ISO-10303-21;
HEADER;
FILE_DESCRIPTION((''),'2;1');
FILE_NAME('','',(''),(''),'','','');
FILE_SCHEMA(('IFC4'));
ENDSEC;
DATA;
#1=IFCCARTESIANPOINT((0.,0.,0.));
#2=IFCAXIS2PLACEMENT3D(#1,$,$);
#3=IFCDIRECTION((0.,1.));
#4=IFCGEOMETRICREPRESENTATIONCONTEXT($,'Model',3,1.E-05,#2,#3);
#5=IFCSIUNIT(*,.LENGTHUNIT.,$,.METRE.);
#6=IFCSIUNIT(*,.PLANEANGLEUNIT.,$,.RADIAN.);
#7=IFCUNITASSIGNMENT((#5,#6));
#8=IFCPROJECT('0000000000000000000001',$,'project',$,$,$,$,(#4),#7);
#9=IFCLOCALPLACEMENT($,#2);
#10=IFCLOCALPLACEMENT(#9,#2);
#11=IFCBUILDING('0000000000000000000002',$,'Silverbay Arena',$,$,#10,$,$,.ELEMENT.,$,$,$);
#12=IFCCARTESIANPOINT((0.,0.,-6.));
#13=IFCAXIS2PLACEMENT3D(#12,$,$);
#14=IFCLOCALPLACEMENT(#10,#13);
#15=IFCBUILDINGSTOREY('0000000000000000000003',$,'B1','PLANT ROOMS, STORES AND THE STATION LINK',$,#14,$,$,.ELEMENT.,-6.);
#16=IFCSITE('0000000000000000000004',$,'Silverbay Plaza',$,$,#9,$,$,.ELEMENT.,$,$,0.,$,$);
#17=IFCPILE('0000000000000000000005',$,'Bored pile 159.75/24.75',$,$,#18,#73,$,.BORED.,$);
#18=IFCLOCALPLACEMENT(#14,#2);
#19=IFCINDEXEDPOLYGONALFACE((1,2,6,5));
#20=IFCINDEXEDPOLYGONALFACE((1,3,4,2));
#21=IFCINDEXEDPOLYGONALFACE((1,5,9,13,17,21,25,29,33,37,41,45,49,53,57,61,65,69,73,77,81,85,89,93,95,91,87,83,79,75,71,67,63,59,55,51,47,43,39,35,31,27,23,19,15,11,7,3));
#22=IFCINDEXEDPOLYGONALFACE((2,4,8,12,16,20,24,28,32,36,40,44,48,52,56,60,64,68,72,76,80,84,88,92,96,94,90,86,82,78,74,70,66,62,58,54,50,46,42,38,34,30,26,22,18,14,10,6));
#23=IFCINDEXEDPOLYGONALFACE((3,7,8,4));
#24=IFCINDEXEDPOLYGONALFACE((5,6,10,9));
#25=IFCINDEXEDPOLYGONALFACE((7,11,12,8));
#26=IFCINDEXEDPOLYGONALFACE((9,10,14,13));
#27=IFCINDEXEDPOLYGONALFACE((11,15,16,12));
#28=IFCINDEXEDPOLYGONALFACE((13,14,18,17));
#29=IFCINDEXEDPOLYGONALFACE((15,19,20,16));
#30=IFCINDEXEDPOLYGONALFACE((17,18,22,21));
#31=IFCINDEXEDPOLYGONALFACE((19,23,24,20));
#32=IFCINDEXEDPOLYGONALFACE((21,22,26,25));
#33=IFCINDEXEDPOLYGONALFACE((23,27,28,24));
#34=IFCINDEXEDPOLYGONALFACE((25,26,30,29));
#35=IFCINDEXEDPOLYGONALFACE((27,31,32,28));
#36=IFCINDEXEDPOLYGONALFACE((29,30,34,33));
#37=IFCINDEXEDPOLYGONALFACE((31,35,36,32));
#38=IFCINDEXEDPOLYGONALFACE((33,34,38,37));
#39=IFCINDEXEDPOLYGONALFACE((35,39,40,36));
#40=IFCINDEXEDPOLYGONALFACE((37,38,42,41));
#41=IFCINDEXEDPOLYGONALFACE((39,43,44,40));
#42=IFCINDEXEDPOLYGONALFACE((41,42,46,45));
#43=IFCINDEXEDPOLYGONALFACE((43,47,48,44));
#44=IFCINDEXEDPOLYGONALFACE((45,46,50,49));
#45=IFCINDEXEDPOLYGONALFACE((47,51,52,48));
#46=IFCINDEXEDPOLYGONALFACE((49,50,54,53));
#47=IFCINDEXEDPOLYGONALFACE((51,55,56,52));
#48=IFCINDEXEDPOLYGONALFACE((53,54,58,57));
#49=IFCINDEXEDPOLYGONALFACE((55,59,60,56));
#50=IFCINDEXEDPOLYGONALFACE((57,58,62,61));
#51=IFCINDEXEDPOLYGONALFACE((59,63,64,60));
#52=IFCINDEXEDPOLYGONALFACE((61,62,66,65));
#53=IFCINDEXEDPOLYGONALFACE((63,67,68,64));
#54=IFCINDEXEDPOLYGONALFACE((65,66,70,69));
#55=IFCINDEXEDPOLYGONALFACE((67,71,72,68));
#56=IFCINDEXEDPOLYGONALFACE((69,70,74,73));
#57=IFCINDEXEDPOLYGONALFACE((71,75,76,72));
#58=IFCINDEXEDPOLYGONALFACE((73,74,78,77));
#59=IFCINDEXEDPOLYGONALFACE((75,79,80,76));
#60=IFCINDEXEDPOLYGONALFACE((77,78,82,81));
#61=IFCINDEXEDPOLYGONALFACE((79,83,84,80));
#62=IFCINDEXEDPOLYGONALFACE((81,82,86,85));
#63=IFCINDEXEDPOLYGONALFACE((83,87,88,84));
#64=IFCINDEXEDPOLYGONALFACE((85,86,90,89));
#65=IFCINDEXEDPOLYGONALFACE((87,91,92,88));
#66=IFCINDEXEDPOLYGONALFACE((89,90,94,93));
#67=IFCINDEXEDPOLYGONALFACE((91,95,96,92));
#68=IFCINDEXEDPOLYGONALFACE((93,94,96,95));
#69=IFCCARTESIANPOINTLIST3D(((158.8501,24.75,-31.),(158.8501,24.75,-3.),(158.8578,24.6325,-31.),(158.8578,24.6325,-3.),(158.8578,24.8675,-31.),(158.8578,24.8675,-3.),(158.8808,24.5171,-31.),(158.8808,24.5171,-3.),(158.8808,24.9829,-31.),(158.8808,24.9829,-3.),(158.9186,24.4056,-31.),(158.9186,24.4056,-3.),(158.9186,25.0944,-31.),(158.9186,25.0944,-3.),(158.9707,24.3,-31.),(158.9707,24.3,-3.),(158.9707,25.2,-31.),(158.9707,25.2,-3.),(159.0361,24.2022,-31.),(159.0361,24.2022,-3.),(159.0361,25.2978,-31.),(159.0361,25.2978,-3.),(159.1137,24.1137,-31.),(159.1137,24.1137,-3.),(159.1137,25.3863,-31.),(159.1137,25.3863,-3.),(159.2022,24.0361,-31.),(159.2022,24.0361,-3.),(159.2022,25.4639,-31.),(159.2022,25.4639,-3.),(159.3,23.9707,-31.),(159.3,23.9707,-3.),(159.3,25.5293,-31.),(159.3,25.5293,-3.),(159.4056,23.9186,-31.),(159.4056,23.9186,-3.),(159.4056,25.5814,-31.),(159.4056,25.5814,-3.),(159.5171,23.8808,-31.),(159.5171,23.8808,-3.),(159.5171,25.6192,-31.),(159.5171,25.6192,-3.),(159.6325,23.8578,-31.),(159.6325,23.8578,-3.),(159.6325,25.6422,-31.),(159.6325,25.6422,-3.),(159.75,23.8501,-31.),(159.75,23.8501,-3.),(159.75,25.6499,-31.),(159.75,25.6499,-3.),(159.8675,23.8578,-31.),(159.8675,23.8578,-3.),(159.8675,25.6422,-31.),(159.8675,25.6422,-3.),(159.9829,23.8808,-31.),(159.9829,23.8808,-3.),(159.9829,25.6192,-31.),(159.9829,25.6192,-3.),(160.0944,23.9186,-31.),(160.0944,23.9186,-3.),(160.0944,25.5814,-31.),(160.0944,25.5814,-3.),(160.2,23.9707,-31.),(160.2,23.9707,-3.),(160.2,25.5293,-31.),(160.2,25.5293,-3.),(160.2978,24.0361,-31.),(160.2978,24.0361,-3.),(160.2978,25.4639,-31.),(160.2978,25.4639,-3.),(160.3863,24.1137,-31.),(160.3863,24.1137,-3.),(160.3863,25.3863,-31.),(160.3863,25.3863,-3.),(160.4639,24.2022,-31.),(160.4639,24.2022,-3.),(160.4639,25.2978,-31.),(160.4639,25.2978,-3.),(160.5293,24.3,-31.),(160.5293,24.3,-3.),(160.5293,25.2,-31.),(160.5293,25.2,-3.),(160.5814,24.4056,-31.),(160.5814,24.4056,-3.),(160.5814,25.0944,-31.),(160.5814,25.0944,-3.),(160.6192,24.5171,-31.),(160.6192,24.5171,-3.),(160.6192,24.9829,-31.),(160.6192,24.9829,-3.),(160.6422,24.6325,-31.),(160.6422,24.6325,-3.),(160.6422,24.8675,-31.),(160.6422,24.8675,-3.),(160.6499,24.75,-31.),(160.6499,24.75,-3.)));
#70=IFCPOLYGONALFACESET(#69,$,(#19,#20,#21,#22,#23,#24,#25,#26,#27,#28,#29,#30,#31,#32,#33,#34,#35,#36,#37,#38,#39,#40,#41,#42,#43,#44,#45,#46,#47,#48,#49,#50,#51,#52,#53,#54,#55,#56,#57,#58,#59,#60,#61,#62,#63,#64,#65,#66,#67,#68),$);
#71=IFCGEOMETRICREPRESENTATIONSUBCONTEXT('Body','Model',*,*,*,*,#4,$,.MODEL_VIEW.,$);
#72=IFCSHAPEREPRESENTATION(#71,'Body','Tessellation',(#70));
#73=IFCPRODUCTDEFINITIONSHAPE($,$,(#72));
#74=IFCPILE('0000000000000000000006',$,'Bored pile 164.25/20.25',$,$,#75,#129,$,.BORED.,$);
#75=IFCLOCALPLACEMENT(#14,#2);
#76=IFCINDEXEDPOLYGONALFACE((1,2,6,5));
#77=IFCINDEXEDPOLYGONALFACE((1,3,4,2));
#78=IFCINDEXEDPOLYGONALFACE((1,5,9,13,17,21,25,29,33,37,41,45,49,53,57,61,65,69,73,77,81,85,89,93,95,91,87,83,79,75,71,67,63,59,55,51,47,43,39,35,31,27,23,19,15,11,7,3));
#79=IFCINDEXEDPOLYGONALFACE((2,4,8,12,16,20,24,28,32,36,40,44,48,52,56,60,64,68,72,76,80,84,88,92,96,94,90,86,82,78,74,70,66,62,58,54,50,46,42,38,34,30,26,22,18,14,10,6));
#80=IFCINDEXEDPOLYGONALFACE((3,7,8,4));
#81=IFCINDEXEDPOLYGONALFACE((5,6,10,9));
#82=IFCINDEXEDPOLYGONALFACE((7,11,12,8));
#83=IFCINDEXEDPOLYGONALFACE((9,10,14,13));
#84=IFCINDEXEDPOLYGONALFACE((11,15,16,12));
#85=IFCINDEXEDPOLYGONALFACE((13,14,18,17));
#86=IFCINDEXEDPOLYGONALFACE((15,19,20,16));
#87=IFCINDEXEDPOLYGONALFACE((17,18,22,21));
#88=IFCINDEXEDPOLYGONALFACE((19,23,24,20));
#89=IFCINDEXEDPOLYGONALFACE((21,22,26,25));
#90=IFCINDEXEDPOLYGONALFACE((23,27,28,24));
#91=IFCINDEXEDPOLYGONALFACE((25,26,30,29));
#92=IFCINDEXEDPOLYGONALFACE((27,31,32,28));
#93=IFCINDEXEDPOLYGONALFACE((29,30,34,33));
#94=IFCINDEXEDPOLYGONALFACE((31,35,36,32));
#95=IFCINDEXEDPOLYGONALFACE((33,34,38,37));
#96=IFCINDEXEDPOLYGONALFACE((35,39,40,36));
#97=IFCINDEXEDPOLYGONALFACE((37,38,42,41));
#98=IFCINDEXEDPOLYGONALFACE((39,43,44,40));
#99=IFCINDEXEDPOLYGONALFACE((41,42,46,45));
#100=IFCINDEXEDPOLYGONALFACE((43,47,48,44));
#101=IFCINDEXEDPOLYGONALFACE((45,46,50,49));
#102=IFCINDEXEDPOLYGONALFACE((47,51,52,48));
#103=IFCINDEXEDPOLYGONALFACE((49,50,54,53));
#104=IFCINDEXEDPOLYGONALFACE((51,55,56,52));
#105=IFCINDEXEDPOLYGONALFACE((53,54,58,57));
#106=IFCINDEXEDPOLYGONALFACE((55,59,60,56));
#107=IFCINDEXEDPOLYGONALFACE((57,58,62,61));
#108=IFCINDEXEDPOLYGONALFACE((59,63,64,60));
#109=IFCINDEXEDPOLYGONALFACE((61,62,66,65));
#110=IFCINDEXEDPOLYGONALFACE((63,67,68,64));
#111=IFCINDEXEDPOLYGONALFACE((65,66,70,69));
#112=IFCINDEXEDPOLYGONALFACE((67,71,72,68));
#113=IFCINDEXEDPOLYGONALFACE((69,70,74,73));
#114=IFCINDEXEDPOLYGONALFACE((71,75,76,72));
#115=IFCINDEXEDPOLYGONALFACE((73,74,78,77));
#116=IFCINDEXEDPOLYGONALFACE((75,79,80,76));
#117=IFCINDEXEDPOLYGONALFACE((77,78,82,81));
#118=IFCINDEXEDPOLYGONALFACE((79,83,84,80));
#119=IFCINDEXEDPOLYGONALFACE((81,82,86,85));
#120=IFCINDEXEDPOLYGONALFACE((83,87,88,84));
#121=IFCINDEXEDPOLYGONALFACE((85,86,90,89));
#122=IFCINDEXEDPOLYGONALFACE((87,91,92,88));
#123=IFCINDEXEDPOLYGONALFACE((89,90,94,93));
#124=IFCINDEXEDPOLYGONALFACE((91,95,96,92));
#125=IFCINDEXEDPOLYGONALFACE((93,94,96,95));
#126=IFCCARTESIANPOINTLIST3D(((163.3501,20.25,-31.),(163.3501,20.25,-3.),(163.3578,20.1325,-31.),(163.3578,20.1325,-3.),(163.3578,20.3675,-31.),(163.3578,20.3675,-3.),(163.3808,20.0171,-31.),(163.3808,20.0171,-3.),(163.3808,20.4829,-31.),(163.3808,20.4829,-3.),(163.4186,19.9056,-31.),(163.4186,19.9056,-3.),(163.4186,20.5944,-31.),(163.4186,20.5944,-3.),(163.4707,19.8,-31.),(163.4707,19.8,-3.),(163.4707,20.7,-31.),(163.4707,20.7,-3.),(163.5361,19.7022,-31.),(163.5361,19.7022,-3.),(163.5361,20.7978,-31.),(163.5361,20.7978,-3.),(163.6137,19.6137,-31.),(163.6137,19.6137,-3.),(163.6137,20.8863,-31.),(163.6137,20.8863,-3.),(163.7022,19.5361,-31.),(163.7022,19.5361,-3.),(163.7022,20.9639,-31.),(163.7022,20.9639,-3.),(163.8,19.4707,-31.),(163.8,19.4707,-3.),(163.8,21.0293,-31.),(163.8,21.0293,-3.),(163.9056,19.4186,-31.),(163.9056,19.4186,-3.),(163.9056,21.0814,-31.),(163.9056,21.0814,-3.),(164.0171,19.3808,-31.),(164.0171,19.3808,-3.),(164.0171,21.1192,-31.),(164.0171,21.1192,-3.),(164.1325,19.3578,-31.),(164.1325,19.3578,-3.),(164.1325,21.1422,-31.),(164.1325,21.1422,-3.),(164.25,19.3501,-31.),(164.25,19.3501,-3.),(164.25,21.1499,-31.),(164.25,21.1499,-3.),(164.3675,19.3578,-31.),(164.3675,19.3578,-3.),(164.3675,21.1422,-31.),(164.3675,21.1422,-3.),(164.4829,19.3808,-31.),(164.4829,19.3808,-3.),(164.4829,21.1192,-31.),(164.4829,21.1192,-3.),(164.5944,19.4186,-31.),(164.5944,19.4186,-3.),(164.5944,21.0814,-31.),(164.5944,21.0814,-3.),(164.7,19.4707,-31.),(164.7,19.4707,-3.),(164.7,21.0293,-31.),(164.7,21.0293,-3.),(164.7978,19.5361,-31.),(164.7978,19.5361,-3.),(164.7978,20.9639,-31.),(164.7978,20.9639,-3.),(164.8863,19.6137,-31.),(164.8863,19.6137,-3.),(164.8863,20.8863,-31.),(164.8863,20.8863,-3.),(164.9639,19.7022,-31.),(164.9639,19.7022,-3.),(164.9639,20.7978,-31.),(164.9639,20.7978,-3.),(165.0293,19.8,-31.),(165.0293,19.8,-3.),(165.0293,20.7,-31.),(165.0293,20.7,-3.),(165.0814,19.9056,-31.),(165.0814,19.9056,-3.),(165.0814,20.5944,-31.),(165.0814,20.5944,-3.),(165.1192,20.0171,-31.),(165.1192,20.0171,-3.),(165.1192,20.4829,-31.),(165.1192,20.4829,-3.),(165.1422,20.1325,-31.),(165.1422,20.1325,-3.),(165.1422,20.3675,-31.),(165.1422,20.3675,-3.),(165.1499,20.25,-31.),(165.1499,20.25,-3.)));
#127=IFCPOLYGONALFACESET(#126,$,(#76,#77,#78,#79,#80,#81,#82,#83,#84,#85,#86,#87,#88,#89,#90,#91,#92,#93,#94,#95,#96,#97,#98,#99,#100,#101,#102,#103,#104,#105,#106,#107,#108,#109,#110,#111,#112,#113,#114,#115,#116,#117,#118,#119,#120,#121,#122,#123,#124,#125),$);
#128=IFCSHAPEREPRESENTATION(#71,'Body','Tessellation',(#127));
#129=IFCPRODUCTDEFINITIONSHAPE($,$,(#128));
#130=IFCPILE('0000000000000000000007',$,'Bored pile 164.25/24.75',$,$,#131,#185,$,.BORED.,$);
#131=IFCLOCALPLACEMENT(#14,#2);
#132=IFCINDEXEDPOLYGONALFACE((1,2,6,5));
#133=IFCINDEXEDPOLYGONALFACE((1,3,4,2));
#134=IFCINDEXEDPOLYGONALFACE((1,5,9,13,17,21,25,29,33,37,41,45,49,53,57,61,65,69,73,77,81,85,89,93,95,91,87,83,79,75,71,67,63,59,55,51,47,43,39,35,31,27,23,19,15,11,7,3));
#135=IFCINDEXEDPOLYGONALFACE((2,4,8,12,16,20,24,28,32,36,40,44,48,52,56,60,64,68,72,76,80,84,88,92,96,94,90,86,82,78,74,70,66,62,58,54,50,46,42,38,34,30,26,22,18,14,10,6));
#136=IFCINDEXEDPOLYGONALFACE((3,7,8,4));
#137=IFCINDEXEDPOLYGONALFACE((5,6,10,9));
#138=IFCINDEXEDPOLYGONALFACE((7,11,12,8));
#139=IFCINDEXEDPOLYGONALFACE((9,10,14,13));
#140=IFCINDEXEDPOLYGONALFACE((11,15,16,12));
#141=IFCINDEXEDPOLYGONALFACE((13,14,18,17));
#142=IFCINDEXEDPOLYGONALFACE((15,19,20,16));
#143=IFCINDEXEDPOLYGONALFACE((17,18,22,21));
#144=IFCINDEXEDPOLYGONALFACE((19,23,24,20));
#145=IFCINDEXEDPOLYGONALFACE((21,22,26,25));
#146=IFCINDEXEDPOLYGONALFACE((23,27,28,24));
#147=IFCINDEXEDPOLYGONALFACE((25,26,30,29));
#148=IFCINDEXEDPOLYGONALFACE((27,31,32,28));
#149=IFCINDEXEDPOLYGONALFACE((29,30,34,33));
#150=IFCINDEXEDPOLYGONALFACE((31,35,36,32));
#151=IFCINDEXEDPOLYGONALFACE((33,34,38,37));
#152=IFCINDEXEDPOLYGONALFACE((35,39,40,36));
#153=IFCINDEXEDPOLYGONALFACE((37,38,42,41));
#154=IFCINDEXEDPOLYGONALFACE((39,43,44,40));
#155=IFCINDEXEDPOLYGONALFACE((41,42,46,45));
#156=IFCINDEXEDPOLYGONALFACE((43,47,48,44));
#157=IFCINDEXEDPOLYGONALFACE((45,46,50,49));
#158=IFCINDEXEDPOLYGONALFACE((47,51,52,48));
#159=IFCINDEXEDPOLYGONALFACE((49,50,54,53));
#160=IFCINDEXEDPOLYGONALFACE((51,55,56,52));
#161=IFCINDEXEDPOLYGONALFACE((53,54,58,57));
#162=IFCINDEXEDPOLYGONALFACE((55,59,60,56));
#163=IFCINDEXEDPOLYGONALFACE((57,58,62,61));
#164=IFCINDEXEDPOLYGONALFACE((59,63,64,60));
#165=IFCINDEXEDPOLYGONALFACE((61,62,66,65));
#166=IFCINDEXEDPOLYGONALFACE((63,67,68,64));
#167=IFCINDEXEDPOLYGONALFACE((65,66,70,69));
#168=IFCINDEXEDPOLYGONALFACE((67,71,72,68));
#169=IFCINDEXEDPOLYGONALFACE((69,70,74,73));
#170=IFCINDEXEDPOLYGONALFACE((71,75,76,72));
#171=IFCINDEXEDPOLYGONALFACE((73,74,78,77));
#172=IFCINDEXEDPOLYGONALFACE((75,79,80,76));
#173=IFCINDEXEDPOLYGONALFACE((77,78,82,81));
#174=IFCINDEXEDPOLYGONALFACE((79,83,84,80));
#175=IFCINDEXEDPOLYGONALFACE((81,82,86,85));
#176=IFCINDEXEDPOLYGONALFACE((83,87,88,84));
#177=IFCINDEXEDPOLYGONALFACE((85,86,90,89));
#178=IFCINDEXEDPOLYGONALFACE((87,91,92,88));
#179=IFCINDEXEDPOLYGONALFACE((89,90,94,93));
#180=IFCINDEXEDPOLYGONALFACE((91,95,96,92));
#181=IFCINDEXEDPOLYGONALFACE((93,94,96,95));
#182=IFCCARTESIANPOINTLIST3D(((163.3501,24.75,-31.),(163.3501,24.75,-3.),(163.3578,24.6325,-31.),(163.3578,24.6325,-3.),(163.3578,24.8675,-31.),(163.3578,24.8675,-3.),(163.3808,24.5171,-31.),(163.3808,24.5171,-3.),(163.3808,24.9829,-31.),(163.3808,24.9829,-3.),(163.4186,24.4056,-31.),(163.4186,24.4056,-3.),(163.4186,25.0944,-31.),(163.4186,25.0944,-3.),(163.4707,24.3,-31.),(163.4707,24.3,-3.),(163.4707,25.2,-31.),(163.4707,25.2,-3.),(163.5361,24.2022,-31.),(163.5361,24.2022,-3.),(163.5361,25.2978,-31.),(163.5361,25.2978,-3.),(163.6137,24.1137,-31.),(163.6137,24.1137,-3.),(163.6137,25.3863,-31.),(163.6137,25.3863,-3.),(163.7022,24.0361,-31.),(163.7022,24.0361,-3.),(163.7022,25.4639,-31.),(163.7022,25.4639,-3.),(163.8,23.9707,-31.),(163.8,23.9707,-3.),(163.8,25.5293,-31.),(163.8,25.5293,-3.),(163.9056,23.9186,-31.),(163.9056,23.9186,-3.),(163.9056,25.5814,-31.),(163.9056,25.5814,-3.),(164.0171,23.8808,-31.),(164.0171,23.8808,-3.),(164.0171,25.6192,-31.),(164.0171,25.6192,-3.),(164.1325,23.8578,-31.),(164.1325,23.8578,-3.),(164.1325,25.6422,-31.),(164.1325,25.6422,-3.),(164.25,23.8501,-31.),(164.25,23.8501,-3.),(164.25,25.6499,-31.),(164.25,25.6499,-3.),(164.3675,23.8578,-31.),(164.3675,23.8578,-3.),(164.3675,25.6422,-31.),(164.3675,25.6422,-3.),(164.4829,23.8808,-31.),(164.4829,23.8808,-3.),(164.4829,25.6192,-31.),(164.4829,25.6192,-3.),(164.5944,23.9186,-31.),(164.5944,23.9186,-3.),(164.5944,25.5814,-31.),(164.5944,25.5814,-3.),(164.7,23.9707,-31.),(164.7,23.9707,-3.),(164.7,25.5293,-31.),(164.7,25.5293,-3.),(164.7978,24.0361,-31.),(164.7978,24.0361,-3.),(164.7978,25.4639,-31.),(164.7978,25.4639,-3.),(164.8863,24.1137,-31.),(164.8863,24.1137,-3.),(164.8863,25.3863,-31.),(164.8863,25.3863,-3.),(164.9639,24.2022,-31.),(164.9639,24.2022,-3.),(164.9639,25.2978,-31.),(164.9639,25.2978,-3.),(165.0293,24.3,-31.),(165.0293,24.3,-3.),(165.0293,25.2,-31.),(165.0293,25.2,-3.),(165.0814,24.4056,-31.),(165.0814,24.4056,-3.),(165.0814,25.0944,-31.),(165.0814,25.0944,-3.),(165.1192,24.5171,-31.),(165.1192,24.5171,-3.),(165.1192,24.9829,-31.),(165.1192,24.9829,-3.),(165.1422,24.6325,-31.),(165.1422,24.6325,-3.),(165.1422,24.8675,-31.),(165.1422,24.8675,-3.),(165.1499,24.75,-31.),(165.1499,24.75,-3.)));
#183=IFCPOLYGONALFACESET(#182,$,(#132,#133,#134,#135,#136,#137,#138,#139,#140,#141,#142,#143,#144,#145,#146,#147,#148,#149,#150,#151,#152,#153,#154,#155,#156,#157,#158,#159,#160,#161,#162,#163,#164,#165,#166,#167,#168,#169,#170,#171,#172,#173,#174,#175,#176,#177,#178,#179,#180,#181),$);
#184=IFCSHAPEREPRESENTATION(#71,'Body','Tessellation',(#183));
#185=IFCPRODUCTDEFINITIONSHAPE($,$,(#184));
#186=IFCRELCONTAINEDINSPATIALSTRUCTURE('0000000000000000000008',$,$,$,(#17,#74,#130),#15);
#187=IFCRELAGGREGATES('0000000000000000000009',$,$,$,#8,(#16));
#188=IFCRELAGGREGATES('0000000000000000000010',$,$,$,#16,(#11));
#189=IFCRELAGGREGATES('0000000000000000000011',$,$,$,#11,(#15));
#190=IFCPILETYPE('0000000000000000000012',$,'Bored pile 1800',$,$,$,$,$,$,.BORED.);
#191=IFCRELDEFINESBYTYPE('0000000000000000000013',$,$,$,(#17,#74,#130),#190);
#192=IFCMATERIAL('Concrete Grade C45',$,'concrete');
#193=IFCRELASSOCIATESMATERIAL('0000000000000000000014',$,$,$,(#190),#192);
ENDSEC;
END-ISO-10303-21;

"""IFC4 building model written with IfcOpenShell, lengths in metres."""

from ifc_helpers import new_model, si_unit, direction, frame, origin, origin_2d, place, context, subcontext, project, spatial, circle, extrude, material, material_profile, profile_set, type_object, element, save


model = new_model("IFC4")

# Units and contexts
model_context = context("Model", 3, precision=1e-05, world=origin(), true_north=direction((0.0, 1.0)))
body_context = subcontext(model_context, "Body", "Model", "MODEL_VIEW")
ifc_project = project(units=[si_unit("LENGTHUNIT", "METRE"), si_unit("PLANEANGLEUNIT", "RADIAN")], contexts=[model_context])

# Site, building, storey
site_placement = place(None, origin())
site = spatial("IfcSite", under=ifc_project, at=site_placement, Name="Silverbay Plaza", CompositionType="ELEMENT", RefElevation=0.0)
building_placement = place(site_placement, origin())
building = spatial("IfcBuilding", under=site, at=building_placement, Name="Silverbay Arena", CompositionType="ELEMENT")
storey_placement = place(building_placement, frame((0.0, 0.0, -6.0)))
storey = spatial("IfcBuildingStorey", under=building, at=storey_placement, Name="B1", Description="PLANT ROOMS, STORES AND THE STATION LINK", CompositionType="ELEMENT", Elevation=-6.0)

# Piles
ifc_material_1 = material(Name="Concrete Grade C45", Category="concrete")
ifc_material_profile_1 = material_profile(ifc_material_1, circle(Radius=0.8999, at=origin_2d()), Name="Bored pile 1800")
ifc_profile_set_1 = profile_set([ifc_material_profile_1], Name="Concrete Grade C45")
pile_type_1 = type_object("IfcPileType", Name="Bored pile 1800", PredefinedType="BORED", material=ifc_profile_set_1)
for number, where, z_axis, x_axis, name in (
    (1, (159.75, 24.75, -3.0), (0.0, 0.0, -1.0), (1.0, 0.0, 0.0), "Bored pile 159.75/24.75"),
    (2, (164.25, 20.25, -3.0), (0.0, 0.0, -1.0), (1.0, 0.0, 0.0), "Bored pile 164.25/20.25"),
    (3, (164.25, 24.75, -3.0), (0.0, 0.0, -1.0), (1.0, 0.0, 0.0), "Bored pile 164.25/24.75"),
):
    element("IfcPile", number, at=place(storey_placement, frame(where, z_axis=z_axis, x_axis=x_axis)), inside=storey, type_object=pile_type_1, Name=name, PredefinedType="BORED", context=body_context, shape_type="SweptSolid", body=[
        extrude(circle(Radius=0.8999, at=origin_2d()), origin(), (0.0, 0.0, 1.0), 28.0),
    ])

save(model, "model.ifc")
